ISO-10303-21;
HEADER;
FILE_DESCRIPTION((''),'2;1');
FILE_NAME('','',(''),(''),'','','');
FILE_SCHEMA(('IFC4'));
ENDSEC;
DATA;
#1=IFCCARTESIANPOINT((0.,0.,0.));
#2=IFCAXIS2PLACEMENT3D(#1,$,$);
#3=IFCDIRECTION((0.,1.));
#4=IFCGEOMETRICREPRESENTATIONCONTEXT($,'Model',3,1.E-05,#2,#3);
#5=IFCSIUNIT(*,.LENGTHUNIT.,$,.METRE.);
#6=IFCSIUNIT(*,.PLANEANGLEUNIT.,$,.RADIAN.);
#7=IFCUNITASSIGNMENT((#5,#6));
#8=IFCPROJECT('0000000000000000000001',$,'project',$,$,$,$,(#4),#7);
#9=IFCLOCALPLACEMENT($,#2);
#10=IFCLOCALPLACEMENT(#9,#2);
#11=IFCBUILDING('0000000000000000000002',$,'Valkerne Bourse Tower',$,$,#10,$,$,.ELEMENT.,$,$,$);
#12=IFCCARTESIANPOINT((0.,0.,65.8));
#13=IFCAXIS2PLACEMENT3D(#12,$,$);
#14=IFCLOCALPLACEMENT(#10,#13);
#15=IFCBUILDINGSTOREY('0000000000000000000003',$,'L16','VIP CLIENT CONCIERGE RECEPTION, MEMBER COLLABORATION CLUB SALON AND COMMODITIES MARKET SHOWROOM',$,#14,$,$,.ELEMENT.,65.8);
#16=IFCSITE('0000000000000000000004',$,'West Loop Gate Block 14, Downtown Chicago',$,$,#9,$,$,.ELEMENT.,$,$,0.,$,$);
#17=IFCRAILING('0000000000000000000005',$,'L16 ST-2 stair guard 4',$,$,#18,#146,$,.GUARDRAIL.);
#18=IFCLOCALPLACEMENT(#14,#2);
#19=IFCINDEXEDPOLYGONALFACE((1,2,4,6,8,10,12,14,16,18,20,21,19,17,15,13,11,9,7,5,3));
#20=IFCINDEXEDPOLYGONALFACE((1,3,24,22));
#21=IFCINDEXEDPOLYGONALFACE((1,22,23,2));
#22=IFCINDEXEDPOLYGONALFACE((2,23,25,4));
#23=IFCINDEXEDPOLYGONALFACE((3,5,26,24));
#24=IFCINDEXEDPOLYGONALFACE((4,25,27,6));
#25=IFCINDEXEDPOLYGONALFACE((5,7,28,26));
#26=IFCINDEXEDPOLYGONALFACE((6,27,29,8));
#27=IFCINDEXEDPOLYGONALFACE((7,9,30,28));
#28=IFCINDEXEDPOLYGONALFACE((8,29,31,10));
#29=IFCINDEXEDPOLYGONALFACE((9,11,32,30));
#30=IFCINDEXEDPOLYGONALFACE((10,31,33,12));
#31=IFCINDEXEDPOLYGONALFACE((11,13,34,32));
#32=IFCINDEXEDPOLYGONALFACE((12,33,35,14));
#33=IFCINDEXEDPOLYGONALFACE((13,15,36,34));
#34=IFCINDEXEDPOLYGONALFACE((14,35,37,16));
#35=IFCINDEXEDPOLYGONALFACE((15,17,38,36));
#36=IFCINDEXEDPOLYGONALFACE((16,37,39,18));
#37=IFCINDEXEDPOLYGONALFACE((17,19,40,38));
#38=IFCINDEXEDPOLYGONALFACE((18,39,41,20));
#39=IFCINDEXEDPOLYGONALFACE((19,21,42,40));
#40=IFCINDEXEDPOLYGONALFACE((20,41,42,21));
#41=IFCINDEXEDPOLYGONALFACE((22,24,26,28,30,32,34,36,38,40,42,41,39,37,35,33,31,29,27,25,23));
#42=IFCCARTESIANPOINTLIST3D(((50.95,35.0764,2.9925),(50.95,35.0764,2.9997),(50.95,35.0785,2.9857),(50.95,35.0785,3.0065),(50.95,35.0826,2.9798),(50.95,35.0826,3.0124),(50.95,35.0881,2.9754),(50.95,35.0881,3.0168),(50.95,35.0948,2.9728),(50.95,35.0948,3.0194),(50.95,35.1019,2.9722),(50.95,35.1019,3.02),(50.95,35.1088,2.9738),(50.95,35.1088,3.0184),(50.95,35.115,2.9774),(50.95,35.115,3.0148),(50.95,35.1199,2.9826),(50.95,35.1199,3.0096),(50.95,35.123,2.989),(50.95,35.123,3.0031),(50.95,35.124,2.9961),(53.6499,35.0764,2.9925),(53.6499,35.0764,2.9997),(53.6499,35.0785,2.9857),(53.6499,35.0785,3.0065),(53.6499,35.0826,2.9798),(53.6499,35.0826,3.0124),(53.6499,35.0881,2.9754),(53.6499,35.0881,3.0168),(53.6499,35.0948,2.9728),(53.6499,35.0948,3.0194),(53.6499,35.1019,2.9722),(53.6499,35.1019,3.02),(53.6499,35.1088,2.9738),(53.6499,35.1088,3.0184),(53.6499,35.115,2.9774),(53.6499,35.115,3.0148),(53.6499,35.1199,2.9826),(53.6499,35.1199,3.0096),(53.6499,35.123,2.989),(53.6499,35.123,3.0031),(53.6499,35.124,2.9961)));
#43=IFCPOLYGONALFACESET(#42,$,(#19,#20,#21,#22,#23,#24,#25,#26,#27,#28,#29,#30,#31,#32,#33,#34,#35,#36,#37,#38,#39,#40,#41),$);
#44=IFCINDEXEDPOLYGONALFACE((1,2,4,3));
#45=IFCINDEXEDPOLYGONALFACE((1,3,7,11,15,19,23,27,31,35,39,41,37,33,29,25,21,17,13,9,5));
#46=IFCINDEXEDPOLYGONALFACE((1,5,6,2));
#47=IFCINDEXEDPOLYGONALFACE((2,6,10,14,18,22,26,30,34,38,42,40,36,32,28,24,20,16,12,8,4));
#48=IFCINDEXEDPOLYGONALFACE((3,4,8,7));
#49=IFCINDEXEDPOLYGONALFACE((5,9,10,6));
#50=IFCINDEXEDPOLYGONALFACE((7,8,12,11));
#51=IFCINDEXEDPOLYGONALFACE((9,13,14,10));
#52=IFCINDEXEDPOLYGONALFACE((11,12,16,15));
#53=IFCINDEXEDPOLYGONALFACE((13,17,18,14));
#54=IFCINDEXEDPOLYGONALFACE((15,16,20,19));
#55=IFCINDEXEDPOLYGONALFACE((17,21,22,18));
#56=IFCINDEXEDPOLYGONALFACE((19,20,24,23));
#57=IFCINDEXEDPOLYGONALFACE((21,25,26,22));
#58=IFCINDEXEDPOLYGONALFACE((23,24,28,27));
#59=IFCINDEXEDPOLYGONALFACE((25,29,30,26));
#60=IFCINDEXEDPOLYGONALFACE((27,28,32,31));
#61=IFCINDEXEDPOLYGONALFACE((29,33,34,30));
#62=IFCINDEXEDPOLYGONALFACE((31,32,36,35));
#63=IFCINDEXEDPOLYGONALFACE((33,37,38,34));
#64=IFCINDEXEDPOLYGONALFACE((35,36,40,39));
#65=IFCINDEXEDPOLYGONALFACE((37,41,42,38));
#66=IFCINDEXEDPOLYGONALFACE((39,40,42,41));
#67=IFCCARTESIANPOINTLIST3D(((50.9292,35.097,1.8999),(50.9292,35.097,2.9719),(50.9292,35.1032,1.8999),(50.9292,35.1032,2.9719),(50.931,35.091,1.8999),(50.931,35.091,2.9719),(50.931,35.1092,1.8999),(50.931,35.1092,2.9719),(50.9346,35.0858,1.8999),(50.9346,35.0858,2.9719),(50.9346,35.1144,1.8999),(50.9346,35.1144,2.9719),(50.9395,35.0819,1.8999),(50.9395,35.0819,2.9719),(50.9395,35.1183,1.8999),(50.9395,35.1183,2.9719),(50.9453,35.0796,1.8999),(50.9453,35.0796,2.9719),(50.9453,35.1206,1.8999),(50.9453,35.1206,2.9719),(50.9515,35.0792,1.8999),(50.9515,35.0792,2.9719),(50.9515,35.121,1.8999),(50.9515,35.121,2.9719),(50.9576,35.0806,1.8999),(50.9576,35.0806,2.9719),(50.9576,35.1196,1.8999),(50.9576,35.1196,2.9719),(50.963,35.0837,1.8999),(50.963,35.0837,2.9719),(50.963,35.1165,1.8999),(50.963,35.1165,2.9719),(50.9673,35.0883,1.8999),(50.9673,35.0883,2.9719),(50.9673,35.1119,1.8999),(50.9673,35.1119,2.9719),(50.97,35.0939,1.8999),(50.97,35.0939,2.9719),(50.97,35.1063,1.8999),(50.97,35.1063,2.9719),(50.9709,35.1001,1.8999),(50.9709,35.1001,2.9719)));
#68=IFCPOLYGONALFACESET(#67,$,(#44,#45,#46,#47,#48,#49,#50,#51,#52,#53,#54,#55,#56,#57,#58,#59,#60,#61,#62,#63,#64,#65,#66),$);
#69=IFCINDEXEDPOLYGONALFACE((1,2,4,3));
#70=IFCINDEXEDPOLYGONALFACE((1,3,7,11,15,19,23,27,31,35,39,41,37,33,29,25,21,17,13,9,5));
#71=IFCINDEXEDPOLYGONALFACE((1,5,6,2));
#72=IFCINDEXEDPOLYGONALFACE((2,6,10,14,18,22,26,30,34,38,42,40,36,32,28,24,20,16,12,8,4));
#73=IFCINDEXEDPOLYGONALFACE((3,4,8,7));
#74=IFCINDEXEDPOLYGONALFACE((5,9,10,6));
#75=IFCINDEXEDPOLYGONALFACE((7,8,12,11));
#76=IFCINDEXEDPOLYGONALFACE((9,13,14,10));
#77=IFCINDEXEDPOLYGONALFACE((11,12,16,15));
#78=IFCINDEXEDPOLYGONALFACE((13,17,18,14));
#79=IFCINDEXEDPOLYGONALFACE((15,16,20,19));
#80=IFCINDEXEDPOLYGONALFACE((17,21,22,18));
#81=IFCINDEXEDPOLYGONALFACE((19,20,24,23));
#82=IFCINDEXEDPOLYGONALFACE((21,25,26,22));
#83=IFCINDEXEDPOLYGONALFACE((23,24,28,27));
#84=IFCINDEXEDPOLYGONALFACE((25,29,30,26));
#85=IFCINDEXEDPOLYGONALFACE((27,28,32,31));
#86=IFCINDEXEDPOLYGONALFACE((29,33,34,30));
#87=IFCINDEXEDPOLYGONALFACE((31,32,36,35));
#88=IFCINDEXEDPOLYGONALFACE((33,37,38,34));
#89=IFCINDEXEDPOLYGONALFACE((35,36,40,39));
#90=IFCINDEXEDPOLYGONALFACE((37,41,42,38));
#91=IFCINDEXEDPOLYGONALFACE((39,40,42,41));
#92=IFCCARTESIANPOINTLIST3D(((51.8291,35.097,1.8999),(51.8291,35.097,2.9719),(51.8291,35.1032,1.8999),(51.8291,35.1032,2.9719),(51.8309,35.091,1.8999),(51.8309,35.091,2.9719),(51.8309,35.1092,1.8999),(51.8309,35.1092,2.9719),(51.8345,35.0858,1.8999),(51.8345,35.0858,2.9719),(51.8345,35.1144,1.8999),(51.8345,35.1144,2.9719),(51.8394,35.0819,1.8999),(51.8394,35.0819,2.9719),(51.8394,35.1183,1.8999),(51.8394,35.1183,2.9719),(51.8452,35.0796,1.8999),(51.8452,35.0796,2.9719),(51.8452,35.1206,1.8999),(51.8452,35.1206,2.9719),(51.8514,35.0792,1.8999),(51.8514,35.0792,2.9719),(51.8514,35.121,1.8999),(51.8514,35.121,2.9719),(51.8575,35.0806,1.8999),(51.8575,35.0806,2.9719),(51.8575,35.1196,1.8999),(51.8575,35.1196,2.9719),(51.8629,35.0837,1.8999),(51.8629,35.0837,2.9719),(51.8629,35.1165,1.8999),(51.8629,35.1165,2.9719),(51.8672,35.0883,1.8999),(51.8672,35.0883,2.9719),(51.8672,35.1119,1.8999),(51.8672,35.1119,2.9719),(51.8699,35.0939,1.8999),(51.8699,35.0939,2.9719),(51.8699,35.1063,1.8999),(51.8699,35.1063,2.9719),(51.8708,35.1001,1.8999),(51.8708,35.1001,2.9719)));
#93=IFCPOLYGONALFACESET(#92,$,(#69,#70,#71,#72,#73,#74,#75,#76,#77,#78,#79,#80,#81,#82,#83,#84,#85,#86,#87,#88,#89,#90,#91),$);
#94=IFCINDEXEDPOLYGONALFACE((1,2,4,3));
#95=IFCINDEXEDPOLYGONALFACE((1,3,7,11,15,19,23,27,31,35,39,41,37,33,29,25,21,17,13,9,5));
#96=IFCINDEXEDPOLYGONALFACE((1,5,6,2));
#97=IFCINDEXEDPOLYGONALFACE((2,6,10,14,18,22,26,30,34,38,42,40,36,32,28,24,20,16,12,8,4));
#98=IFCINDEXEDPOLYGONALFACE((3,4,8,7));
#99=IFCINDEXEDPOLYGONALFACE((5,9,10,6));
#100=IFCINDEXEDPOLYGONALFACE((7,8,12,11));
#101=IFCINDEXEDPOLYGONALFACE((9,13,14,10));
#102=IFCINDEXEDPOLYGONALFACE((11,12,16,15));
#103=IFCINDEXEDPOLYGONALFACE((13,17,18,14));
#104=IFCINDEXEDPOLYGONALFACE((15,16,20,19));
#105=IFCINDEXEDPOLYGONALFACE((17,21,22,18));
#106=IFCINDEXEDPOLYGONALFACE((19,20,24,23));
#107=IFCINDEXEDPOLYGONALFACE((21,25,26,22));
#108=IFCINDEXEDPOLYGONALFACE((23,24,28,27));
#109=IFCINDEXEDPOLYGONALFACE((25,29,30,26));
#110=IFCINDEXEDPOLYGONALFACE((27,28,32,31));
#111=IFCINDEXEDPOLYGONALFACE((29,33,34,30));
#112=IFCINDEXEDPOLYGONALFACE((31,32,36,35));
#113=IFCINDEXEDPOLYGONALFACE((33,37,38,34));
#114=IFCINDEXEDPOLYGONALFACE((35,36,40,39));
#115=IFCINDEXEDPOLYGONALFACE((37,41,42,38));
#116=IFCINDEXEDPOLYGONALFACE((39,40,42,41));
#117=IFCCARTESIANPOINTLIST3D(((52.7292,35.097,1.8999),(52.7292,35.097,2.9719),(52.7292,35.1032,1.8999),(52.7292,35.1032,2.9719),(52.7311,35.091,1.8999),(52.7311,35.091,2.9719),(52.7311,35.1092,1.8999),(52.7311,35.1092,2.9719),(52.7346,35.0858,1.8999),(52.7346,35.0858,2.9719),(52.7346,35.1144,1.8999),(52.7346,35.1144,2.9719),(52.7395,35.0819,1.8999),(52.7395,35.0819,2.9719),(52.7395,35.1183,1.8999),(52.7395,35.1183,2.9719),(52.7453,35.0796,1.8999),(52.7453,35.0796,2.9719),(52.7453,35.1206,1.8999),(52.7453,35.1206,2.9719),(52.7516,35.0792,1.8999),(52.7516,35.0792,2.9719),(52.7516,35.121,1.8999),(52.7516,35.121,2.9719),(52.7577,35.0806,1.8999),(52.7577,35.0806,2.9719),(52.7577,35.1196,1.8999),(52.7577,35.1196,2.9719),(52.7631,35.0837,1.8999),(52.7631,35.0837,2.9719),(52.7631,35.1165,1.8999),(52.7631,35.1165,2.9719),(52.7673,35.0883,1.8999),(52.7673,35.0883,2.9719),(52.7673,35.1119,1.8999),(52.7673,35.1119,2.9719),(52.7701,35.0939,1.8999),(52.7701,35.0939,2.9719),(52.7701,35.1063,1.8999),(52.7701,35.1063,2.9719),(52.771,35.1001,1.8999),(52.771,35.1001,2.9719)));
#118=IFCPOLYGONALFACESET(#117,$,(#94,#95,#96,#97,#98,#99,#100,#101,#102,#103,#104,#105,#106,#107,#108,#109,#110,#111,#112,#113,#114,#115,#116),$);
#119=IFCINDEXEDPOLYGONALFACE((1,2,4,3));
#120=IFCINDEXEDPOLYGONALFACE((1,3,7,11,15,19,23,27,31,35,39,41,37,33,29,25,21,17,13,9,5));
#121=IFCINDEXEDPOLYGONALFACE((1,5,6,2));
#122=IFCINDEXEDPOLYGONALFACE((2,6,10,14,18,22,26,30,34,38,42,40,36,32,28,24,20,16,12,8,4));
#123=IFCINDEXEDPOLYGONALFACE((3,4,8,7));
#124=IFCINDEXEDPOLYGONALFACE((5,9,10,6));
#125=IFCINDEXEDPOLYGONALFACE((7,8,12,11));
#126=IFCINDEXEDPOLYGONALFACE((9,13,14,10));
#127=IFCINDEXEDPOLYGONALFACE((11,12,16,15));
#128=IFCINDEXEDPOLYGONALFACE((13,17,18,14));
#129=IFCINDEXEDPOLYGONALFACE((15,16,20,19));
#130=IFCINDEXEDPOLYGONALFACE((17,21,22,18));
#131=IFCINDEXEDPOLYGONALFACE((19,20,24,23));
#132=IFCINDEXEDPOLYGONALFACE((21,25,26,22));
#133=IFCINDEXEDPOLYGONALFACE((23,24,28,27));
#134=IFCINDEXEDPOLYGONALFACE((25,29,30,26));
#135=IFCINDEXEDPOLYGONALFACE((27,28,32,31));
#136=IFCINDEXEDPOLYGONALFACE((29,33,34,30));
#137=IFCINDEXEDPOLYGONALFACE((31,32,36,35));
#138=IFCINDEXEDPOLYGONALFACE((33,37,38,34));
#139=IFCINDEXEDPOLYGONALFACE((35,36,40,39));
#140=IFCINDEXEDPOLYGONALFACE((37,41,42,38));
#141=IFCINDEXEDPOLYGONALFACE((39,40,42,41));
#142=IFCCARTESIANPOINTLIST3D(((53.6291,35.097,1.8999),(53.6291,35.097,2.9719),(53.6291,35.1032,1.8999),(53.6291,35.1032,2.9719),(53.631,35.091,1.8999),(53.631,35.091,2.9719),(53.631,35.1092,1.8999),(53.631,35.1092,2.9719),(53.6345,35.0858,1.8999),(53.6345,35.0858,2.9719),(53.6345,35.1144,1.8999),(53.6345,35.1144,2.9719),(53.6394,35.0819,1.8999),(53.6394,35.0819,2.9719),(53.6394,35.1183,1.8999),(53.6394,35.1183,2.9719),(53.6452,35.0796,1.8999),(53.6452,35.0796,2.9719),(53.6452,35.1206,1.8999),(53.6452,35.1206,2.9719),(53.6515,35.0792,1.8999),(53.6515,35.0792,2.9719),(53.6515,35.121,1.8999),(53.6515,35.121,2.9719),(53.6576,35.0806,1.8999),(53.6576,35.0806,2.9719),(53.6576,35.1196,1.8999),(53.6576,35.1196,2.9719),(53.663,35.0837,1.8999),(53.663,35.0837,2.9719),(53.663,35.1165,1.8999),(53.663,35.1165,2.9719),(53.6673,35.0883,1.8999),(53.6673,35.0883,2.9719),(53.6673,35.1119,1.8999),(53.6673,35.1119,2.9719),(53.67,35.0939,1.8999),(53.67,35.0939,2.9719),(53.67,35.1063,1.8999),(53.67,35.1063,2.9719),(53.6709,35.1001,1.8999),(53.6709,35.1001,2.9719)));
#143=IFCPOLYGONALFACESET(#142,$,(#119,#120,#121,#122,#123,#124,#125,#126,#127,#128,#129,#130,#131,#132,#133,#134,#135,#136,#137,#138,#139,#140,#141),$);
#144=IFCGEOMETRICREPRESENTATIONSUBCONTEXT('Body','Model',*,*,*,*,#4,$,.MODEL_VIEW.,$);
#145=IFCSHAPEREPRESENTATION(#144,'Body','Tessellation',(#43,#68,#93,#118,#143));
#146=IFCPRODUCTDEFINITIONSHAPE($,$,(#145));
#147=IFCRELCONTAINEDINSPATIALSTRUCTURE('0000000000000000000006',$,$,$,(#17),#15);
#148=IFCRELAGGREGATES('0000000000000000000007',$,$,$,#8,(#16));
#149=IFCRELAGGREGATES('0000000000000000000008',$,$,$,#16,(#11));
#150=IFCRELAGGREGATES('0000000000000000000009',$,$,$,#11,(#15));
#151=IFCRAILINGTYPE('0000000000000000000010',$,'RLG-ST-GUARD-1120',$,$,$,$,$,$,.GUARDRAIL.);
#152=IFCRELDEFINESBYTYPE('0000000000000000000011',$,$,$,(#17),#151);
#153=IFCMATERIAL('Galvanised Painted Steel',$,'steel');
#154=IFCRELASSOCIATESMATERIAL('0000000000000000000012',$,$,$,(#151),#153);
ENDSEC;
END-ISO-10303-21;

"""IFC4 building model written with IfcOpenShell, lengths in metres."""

from ifc_helpers import new_model, si_unit, direction, frame, origin, origin_2d, place, context, subcontext, project, spatial, circle, extrude, material, type_object, element, save


model = new_model("IFC4")

# Units and contexts
model_context = context("Model", 3, precision=1e-05, world=origin(), true_north=direction((0.0, 1.0)))
body_context = subcontext(model_context, "Body", "Model", "MODEL_VIEW")
ifc_project = project(units=[si_unit("LENGTHUNIT", "METRE"), si_unit("PLANEANGLEUNIT", "RADIAN")], contexts=[model_context])

# Site, building, storey
site_placement = place(None, origin())
site = spatial("IfcSite", under=ifc_project, at=site_placement, Name="West Loop Gate Block 14, Downtown Chicago", CompositionType="ELEMENT", RefElevation=0.0)
building_placement = place(site_placement, origin())
building = spatial("IfcBuilding", under=site, at=building_placement, Name="Valkerne Bourse Tower", CompositionType="ELEMENT")
storey_placement = place(building_placement, frame((0.0, 0.0, 65.8)))
storey = spatial("IfcBuildingStorey", under=building, at=storey_placement, Name="L16", Description="VIP CLIENT CONCIERGE RECEPTION, MEMBER COLLABORATION CLUB SALON AND COMMODITIES MARKET SHOWROOM", CompositionType="ELEMENT", Elevation=65.8)

# Railing
ifc_material_1 = material(Name="Galvanised Painted Steel", Category="steel")
railing_type_1 = type_object("IfcRailingType", Name="RLG-ST-GUARD-1120", PredefinedType="GUARDRAIL", material=ifc_material_1)
for number, where, name in (
    (1, (50.95, 35.1001, 1.8999), "L16 ST-2 stair guard 4"),
):
    element("IfcRailing", number, at=place(storey_placement, frame(where)), inside=storey, type_object=railing_type_1, Name=name, PredefinedType="GUARDRAIL", context=body_context, shape_type="SweptSolid", body=[
        extrude(circle(Radius=0.0239, at=origin_2d()), frame((0.0, 0.0, 1.0962), z_axis=(1.0, 0.0, 0.0), x_axis=(0.0, 1.0, 0.0)), (0.0, 0.0, 1.0), 2.7),
        extrude(circle(Radius=0.021, at=origin_2d()), origin(), (0.0, 0.0, 1.0), 1.072),
        extrude(circle(Radius=0.021, at=origin_2d()), frame((0.8999, 0.0, 0.0)), (0.0, 0.0, 1.0), 1.072),
        extrude(circle(Radius=0.021, at=origin_2d()), frame((1.8, 0.0, 0.0)), (0.0, 0.0, 1.0), 1.072),
        extrude(circle(Radius=0.021, at=origin_2d()), frame((2.7, 0.0, 0.0)), (0.0, 0.0, 1.0), 1.072),
    ])

save(model, "model.ifc")
